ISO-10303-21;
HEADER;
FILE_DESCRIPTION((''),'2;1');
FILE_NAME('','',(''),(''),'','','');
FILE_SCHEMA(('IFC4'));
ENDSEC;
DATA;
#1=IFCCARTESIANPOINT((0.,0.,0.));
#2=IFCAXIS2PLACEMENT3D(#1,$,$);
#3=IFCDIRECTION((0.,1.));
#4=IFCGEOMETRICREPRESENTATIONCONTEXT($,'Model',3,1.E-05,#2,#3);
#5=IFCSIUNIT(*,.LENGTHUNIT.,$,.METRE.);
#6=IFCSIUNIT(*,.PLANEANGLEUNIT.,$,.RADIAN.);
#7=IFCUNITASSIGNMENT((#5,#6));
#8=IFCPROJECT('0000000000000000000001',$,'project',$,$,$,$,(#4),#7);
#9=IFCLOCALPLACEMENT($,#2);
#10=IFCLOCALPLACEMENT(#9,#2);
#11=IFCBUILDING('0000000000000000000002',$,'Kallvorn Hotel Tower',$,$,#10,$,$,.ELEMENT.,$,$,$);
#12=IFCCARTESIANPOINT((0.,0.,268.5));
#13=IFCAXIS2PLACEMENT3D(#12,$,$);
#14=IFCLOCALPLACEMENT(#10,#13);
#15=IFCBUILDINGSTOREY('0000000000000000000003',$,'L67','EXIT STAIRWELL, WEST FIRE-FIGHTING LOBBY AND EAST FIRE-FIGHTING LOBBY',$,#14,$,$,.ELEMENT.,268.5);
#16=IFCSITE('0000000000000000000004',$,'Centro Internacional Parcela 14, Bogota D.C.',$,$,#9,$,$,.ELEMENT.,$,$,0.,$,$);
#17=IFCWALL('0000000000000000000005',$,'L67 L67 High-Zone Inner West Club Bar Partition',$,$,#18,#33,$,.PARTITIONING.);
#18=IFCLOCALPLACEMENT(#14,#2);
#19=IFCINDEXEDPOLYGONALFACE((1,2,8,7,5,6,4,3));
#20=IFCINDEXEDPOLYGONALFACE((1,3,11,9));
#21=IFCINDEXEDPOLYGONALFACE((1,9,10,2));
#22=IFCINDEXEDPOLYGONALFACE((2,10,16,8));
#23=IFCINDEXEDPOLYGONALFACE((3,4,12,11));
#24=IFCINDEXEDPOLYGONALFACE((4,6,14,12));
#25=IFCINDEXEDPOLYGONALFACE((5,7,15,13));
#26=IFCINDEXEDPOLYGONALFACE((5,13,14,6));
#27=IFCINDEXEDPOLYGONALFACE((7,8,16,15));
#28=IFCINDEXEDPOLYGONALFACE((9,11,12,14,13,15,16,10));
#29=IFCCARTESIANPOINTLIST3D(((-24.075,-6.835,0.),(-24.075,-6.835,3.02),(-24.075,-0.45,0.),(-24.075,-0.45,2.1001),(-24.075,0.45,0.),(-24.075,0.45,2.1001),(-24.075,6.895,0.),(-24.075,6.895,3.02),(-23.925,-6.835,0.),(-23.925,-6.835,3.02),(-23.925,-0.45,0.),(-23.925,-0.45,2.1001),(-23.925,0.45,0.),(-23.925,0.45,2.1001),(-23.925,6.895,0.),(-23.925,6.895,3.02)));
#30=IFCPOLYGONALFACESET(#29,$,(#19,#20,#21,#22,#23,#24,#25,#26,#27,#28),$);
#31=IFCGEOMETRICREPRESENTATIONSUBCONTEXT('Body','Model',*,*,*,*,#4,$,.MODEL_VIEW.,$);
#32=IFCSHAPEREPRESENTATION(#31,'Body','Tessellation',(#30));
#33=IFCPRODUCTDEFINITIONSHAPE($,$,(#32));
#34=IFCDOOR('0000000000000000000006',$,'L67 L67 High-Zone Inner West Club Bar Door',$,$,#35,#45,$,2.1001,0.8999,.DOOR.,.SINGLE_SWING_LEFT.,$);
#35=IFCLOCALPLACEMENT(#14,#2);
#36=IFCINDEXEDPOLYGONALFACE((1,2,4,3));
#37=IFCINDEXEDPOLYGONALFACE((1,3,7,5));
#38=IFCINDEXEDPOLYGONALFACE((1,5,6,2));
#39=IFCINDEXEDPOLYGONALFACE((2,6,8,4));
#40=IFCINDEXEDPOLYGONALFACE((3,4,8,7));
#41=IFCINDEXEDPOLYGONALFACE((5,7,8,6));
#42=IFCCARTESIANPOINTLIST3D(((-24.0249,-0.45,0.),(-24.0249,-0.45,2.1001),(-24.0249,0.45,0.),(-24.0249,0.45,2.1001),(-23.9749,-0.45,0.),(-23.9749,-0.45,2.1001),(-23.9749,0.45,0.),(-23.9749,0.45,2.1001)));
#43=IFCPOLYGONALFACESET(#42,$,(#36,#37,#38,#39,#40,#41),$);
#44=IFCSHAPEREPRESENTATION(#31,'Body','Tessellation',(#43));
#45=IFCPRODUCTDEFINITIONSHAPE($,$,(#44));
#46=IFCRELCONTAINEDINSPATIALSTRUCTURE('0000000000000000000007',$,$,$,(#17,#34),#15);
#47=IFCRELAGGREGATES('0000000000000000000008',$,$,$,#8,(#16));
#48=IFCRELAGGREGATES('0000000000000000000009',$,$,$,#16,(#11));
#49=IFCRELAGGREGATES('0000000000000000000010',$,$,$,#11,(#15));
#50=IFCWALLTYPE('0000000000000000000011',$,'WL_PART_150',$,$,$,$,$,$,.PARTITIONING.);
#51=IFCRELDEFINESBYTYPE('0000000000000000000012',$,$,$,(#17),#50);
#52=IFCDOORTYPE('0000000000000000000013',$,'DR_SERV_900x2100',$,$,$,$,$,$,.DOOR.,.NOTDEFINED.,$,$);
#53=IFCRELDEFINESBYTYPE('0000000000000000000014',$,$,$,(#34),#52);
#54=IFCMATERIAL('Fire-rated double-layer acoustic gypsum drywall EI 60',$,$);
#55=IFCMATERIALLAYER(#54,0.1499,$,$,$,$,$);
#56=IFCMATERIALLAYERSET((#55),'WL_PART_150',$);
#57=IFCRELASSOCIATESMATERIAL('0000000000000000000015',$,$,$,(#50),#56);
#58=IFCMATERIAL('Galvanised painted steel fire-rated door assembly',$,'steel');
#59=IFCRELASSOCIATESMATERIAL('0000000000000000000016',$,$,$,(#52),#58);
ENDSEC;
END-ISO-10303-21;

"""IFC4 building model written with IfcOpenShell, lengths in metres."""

from ifc_helpers import new_model, si_unit, direction, frame, frame_2d, origin, place, context, subcontext, project, spatial, rectangle, extrude, material, layer, layer_set, type_object, element, fill, save


model = new_model("IFC4")

# Units and contexts
model_context = context("Model", 3, precision=1e-05, world=origin(), true_north=direction((0.0, 1.0)))
body_context = subcontext(model_context, "Body", "Model", "MODEL_VIEW")
ifc_project = project(units=[si_unit("LENGTHUNIT", "METRE"), si_unit("PLANEANGLEUNIT", "RADIAN")], contexts=[model_context])

# Site, building, storey
site_placement = place(None, origin())
site = spatial("IfcSite", under=ifc_project, at=site_placement, Name="Centro Internacional Parcela 14, Bogota D.C.", CompositionType="ELEMENT", RefElevation=0.0)
building_placement = place(site_placement, origin())
building = spatial("IfcBuilding", under=site, at=building_placement, Name="Kallvorn Hotel Tower", CompositionType="ELEMENT")
storey_placement = place(building_placement, frame((0.0, 0.0, 268.5)))
storey = spatial("IfcBuildingStorey", under=building, at=storey_placement, Name="L67", Description="EXIT STAIRWELL, WEST FIRE-FIGHTING LOBBY AND EAST FIRE-FIGHTING LOBBY", CompositionType="ELEMENT", Elevation=268.5)

# Shared definitions
ifc_material_1 = material(Name="Fire-rated double-layer acoustic gypsum drywall EI 60")
ifc_layer_1 = layer(ifc_material_1, 0.1499)
ifc_layer_set_1 = layer_set([ifc_layer_1], Name="WL_PART_150")
wall_type = type_object("IfcWallType", Name="WL_PART_150", PredefinedType="PARTITIONING", material=ifc_layer_set_1)
ifc_material_2 = material(Name="Galvanised painted steel fire-rated door assembly", Category="steel")
door_type = type_object("IfcDoorType", Name="DR_SERV_900x2100", OperationType="NOTDEFINED", PredefinedType="DOOR", material=ifc_material_2)

# Wall, opening, door
wall_1_placement = place(storey_placement, frame((-24.0, -6.835, 0.0), z_axis=(0.0, 0.0, 1.0), x_axis=(0.0, 1.0, 0.0)))
wall_1 = element("IfcWall", 1, at=wall_1_placement, inside=storey, type_object=wall_type, Name="L67 L67 High-Zone Inner West Club Bar Partition", PredefinedType="PARTITIONING", context=body_context, shape_type="SweptSolid", body=[
    extrude(rectangle(XDim=13.73, YDim=0.1499, at=frame_2d((6.865, 0.0))), origin(), (0.0, 0.0, 1.0), 3.02),
])
opening_1_placement = place(wall_1_placement, frame((6.385, 0.0, 0.0)))
opening_1 = element("IfcOpeningElement", 2, at=opening_1_placement, cuts=wall_1, PredefinedType="OPENING", context=body_context, shape_type="SweptSolid", body=[
    extrude(rectangle(XDim=0.8999, YDim=2.1001, at=frame_2d((0.45, 1.05))), frame((0.0, 0.0898, 0.0), z_axis=(0.0, -1.0, 0.0), x_axis=(1.0, 0.0, 0.0)), (0.0, 0.0, 1.0), 0.1799),
])
door_1_placement = place(opening_1_placement, origin())
door_1 = element("IfcDoor", 3, at=door_1_placement, inside=storey, type_object=door_type, Name="L67 L67 High-Zone Inner West Club Bar Door", OperationType="SINGLE_SWING_LEFT", OverallHeight=2.1001, OverallWidth=0.8999, PredefinedType="DOOR", context=body_context, shape_type="SweptSolid", body=[
    extrude(rectangle(XDim=0.8999, YDim=2.1001, at=frame_2d((0.45, 1.05))), frame((0.0, 0.0249, 0.0), z_axis=(0.0, -1.0, 0.0), x_axis=(1.0, 0.0, 0.0)), (0.0, 0.0, 1.0), 0.05),
])
fill(opening_1, door_1)

save(model, "model.ifc")
